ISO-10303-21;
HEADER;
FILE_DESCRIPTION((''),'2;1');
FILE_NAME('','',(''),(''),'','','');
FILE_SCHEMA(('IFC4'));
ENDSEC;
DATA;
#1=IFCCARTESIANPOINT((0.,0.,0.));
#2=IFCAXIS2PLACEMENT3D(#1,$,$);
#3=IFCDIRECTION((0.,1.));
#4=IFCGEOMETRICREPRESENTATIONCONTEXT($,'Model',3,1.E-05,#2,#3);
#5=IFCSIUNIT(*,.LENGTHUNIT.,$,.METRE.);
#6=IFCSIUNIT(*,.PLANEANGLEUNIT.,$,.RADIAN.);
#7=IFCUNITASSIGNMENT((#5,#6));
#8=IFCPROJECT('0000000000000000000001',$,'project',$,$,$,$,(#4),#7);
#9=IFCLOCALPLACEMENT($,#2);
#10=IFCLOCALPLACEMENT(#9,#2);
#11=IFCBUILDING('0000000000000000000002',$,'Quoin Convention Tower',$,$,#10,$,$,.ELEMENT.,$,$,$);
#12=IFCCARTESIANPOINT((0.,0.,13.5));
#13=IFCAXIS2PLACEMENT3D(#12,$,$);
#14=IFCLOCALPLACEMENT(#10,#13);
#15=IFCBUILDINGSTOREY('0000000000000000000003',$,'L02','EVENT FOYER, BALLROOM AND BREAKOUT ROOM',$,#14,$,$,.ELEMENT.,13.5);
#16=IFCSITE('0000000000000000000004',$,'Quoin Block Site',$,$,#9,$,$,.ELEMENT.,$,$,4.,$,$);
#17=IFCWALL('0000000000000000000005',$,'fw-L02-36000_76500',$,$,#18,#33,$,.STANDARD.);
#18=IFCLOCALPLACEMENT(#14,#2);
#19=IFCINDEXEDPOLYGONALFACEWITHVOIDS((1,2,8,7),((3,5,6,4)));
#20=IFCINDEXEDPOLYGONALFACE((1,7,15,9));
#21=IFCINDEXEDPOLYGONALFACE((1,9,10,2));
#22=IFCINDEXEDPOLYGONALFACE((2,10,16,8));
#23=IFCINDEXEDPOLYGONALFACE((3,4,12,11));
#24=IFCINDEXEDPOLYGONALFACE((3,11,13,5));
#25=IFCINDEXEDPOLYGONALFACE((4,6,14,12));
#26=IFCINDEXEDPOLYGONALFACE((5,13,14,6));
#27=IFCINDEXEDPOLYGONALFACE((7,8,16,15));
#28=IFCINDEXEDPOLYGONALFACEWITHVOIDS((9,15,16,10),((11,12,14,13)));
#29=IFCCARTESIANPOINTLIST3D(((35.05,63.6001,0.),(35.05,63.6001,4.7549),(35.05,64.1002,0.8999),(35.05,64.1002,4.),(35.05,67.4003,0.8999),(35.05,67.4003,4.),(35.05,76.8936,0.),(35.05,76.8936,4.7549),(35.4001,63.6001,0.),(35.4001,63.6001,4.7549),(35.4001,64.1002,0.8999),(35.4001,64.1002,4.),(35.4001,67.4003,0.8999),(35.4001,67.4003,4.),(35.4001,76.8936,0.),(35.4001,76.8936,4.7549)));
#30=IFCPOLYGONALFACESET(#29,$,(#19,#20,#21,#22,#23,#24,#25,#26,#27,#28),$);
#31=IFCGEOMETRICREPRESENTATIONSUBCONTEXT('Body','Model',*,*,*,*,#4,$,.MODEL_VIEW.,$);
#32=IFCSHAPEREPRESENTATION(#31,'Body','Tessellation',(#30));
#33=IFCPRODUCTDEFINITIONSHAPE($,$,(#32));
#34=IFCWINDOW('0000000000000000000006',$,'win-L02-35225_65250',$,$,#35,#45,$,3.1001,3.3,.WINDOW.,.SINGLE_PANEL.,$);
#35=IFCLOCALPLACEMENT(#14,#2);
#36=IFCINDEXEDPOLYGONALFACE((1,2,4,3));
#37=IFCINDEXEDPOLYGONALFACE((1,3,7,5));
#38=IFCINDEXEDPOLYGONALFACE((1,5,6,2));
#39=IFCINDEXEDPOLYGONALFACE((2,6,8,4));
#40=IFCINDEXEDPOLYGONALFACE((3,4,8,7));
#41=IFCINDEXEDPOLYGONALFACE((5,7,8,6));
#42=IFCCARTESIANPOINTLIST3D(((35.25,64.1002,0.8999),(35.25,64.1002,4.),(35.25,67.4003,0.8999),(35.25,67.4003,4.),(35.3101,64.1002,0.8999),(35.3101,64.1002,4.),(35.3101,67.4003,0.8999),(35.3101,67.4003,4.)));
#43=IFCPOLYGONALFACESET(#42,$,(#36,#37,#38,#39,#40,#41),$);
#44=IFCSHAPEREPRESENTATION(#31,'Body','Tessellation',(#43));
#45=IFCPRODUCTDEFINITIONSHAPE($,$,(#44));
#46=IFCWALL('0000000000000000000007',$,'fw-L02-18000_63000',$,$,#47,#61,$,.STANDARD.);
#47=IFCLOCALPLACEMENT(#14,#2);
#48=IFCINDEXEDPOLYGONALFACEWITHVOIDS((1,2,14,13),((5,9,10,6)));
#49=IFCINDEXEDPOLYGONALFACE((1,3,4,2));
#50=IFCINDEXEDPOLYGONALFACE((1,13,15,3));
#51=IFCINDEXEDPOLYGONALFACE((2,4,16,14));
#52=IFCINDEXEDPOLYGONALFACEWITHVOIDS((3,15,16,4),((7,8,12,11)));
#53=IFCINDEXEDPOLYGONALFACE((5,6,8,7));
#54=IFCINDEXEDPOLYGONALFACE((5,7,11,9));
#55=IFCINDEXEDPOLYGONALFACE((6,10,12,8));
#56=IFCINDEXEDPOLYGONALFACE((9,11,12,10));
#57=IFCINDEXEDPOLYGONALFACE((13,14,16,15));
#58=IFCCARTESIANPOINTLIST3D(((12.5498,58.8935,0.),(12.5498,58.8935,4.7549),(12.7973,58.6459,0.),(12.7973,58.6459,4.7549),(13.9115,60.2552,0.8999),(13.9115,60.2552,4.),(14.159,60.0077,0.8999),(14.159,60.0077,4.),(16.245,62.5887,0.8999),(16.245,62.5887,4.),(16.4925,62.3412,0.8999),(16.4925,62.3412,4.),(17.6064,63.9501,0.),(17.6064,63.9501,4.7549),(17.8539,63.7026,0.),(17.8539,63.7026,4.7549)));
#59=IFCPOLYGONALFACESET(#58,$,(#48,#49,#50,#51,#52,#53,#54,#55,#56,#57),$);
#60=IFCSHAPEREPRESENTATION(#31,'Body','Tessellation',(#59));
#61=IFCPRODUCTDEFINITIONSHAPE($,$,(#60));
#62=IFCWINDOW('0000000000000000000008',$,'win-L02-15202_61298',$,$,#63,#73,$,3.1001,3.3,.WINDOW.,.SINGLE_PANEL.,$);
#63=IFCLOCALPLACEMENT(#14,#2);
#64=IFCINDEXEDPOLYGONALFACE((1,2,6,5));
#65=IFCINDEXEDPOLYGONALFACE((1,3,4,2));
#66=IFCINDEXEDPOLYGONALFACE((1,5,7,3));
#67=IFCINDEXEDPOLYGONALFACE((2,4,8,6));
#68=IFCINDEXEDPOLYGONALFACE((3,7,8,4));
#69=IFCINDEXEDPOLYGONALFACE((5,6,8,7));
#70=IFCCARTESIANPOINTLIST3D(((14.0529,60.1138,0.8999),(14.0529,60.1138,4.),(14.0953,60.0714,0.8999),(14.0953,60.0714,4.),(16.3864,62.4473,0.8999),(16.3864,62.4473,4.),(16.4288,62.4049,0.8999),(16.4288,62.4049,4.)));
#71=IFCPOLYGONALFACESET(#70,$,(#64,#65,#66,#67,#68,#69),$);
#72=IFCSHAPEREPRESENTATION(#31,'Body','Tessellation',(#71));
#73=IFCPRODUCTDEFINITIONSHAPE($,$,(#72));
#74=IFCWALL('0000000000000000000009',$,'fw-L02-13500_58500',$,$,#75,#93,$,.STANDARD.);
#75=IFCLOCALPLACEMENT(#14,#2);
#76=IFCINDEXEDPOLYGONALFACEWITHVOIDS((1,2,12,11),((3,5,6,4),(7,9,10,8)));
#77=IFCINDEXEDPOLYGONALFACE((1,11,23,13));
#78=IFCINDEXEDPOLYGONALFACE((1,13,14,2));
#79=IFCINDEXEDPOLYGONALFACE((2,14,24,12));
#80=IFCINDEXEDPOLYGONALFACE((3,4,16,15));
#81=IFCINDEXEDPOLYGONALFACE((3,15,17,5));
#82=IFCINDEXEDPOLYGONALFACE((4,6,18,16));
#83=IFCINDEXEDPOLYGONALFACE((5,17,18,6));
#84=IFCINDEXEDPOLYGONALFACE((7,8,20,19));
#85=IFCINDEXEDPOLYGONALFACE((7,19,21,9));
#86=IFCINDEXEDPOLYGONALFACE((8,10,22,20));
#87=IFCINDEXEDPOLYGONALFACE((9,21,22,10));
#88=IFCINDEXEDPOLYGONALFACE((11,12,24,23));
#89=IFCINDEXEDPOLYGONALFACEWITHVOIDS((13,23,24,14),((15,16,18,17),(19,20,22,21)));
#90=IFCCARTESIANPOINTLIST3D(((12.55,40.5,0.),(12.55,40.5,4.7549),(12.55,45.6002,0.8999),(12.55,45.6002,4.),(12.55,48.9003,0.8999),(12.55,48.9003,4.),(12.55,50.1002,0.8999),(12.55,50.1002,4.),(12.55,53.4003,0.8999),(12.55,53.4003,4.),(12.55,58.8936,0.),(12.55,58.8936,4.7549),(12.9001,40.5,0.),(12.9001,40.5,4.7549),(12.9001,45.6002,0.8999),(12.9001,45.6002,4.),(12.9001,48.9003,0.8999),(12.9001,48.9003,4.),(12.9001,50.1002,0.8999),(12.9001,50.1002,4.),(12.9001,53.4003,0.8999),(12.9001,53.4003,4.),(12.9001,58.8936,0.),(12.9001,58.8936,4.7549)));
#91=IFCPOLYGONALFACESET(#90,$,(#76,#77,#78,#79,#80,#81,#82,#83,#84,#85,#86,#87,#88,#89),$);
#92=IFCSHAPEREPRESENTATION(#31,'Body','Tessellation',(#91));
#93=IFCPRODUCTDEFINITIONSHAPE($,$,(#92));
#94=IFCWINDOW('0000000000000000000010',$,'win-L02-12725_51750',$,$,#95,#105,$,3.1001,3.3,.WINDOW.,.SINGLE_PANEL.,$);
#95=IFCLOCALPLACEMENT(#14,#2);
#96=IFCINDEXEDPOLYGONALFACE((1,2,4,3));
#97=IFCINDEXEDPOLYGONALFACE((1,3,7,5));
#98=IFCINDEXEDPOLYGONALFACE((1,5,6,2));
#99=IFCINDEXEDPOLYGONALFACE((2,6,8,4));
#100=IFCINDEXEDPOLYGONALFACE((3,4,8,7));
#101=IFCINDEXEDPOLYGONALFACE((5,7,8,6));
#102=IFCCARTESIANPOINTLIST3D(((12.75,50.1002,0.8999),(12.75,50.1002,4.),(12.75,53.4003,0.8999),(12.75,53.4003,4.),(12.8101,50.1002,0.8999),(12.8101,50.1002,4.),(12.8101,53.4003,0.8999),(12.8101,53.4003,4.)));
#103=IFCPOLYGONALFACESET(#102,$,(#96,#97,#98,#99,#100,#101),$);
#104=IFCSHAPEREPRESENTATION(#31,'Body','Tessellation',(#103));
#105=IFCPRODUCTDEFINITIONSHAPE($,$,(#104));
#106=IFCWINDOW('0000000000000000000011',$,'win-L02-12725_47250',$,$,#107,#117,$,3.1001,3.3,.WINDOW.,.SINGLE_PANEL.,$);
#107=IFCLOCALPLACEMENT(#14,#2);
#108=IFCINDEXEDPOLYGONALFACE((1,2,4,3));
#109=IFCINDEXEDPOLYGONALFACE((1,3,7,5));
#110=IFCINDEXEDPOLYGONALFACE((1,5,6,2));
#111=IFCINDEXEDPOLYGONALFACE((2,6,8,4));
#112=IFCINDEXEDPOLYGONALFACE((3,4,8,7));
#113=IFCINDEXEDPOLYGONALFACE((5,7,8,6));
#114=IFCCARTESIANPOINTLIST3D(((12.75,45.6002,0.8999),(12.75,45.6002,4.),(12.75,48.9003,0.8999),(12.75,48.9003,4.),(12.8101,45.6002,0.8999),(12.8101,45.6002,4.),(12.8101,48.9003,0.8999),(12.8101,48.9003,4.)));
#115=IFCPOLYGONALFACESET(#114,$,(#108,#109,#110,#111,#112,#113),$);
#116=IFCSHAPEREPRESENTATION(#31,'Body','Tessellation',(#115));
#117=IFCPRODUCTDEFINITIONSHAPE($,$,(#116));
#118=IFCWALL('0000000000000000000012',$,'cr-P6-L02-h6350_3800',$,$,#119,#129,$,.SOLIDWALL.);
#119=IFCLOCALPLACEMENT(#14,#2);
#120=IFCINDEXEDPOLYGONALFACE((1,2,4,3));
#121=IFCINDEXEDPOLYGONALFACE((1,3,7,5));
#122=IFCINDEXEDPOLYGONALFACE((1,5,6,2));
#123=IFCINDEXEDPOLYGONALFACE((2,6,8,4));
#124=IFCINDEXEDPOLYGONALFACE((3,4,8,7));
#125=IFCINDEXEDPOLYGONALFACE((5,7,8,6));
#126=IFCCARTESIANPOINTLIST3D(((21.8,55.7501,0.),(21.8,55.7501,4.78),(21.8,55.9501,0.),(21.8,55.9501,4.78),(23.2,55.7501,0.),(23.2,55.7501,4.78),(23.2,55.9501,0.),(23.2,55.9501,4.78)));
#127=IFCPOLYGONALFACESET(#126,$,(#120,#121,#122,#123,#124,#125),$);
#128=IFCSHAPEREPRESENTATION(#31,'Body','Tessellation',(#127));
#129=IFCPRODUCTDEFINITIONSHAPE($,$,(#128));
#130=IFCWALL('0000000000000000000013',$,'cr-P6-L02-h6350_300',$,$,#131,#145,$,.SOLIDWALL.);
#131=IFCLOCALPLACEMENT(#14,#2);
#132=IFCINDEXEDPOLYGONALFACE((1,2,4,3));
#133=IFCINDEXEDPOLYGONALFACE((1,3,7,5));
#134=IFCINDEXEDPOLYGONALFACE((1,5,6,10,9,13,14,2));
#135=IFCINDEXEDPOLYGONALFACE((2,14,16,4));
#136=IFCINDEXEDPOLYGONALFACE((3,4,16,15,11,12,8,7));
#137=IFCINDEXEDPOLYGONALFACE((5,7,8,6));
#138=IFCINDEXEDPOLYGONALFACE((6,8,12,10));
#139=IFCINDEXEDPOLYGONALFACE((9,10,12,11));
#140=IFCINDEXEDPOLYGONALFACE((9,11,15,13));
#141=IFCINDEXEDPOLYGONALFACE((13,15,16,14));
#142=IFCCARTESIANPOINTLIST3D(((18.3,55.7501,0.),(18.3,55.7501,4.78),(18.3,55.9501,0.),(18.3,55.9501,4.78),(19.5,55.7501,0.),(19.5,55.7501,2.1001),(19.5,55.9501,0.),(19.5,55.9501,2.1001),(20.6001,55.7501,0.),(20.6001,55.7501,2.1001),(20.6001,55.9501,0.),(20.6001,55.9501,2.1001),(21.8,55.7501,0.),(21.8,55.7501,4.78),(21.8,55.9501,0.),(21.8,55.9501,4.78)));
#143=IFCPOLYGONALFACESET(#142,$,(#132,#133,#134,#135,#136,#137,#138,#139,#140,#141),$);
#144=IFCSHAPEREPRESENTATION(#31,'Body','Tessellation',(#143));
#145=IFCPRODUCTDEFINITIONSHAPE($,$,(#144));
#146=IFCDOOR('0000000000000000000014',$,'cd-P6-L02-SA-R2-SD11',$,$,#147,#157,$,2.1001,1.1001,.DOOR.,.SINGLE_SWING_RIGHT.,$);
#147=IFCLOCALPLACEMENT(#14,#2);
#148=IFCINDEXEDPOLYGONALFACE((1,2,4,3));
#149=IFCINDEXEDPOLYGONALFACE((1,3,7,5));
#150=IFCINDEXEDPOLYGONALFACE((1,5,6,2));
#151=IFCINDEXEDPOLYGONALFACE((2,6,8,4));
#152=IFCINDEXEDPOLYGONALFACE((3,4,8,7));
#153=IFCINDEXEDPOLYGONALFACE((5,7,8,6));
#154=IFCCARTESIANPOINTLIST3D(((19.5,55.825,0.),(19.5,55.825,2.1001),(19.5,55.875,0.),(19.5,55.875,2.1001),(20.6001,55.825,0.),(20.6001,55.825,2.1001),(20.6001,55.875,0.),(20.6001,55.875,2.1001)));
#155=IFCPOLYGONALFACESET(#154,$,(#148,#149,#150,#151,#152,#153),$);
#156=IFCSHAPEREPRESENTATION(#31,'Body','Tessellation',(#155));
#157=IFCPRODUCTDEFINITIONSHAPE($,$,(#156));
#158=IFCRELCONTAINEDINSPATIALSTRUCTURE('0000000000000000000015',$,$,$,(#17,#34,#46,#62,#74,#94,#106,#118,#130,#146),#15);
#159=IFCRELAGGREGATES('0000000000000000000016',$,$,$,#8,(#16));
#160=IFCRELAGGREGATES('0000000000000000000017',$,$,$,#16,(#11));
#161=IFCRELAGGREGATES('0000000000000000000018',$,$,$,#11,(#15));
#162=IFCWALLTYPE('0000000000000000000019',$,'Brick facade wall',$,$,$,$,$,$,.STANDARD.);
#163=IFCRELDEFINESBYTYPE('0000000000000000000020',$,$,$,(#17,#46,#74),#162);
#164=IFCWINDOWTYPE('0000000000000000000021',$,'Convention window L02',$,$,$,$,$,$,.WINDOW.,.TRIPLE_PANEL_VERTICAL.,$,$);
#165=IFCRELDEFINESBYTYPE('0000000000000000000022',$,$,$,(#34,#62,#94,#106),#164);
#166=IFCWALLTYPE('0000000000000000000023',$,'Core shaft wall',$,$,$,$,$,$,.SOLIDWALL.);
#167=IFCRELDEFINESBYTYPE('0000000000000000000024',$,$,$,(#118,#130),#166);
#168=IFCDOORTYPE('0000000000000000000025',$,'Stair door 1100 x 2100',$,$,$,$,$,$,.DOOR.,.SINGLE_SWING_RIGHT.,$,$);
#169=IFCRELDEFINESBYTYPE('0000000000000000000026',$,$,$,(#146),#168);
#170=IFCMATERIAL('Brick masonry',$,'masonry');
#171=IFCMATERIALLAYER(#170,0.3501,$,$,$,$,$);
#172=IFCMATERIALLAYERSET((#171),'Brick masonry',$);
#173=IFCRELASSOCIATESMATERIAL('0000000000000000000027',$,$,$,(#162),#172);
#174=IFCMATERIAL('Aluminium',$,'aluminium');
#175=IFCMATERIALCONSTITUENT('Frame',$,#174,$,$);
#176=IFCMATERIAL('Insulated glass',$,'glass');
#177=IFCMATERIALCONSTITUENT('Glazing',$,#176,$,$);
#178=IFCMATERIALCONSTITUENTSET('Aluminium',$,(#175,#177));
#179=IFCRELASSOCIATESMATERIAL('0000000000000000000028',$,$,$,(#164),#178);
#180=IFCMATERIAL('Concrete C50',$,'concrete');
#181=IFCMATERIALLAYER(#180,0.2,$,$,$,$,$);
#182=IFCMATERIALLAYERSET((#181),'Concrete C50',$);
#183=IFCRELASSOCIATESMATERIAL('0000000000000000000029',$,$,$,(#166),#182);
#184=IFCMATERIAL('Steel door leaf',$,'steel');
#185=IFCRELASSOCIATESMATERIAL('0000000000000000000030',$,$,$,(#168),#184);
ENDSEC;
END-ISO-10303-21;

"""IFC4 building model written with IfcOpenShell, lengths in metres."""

from ifc_helpers import new_model, si_unit, direction, frame, frame_2d, origin, place, context, subcontext, project, spatial, rectangle, extrude, material, layer, layer_set, constituent, constituent_set, type_object, element, fill, save


model = new_model("IFC4")

# Units and contexts
model_context = context("Model", 3, precision=1e-05, world=origin(), true_north=direction((0.0, 1.0)))
body_context = subcontext(model_context, "Body", "Model", "MODEL_VIEW")
ifc_project = project(units=[si_unit("LENGTHUNIT", "METRE"), si_unit("PLANEANGLEUNIT", "RADIAN")], contexts=[model_context])

# Site, building, storey
site_placement = place(None, origin())
site = spatial("IfcSite", under=ifc_project, at=site_placement, Name="Quoin Block Site", CompositionType="ELEMENT", RefElevation=4.0)
building_placement = place(site_placement, origin())
building = spatial("IfcBuilding", under=site, at=building_placement, Name="Quoin Convention Tower", CompositionType="ELEMENT")
storey_placement = place(building_placement, frame((0.0, 0.0, 13.5)))
storey = spatial("IfcBuildingStorey", under=building, at=storey_placement, Name="L02", Description="EVENT FOYER, BALLROOM AND BREAKOUT ROOM", CompositionType="ELEMENT", Elevation=13.5)

# Walls, openings, windows
ifc_material_1 = material(Name="Brick masonry", Category="masonry")
ifc_layer_1 = layer(ifc_material_1, 0.3501)
ifc_layer_set_1 = layer_set([ifc_layer_1], Name="Brick masonry")
wall_type_1 = type_object("IfcWallType", Name="Brick facade wall", PredefinedType="STANDARD", material=ifc_layer_set_1)
wall_1_placement = place(storey_placement, frame((35.2251, 76.8936, 0.0), z_axis=(0.0, 0.0, 1.0), x_axis=(0.0, -1.0, 0.0)))
wall_1 = element("IfcWall", 1, at=wall_1_placement, inside=storey, type_object=wall_type_1, Name="fw-L02-36000_76500", PredefinedType="STANDARD", context=body_context, shape_type="SweptSolid", body=[
    extrude(rectangle(XDim=13.2935, YDim=0.3501, at=frame_2d((6.6467, 0.0))), origin(), (0.0, 0.0, 1.0), 4.7549),
])
opening_1_placement = place(wall_1_placement, frame((9.4934, 0.0, 0.8999)))
opening_1 = element("IfcOpeningElement", 2, at=opening_1_placement, cuts=wall_1, PredefinedType="OPENING", context=body_context, shape_type="SweptSolid", body=[
    extrude(rectangle(XDim=3.3, YDim=3.1001, at=frame_2d((1.6499, 1.55))), frame((0.0, 0.1851, 0.0), z_axis=(0.0, -1.0, 0.0), x_axis=(1.0, 0.0, 0.0)), (0.0, 0.0, 1.0), 0.3701),
])
ifc_material_2 = material(Name="Aluminium", Category="aluminium")
ifc_constituent_1 = constituent(ifc_material_2, Name="Frame")
ifc_material_3 = material(Name="Insulated glass", Category="glass")
ifc_constituent_2 = constituent(ifc_material_3, Name="Glazing")
ifc_constituent_set = constituent_set(constituents=[ifc_constituent_1, ifc_constituent_2], Name="Aluminium")
window_type = type_object("IfcWindowType", Name="Convention window L02", PartitioningType="TRIPLE_PANEL_VERTICAL", PredefinedType="WINDOW", material=ifc_constituent_set)
window_1_placement = place(opening_1_placement, origin())
window_1 = element("IfcWindow", 3, at=window_1_placement, inside=storey, type_object=window_type, Name="win-L02-35225_65250", OverallHeight=3.1001, OverallWidth=3.3, PartitioningType="SINGLE_PANEL", PredefinedType="WINDOW", context=body_context, shape_type="SweptSolid", body=[
    extrude(rectangle(XDim=3.3, YDim=3.1001, at=frame_2d((1.6499, 1.55))), frame((0.0, 0.085, 0.0), z_axis=(0.0, -1.0, 0.0), x_axis=(1.0, 0.0, 0.0)), (0.0, 0.0, 1.0), 0.0601),
])
fill(opening_1, window_1)
wall_2_placement = place(storey_placement, frame((17.7302, 63.8264, 0.0), z_axis=(0.0, 0.0, 1.0), x_axis=(-0.707107, -0.707107, 0.0)))
wall_2 = element("IfcWall", 4, at=wall_2_placement, inside=storey, type_object=wall_type_1, Name="fw-L02-18000_63000", PredefinedType="STANDARD", context=body_context, shape_type="SweptSolid", body=[
    extrude(rectangle(XDim=7.1511, YDim=0.3501, at=frame_2d((3.5757, 0.0))), origin(), (0.0, 0.0, 1.0), 4.7549),
])
opening_2_placement = place(wall_2_placement, frame((1.9255, 0.0, 0.8999)))
opening_2 = element("IfcOpeningElement", 5, at=opening_2_placement, cuts=wall_2, PredefinedType="OPENING", context=body_context, shape_type="SweptSolid", body=[
    extrude(rectangle(XDim=3.3, YDim=3.1001, at=frame_2d((1.6499, 1.55))), frame((0.0, 0.1851, 0.0), z_axis=(0.0, -1.0, 0.0), x_axis=(1.0, 0.0, 0.0)), (0.0, 0.0, 1.0), 0.3701),
])
window_2_placement = place(opening_2_placement, origin())
window_2 = element("IfcWindow", 6, at=window_2_placement, inside=storey, type_object=window_type, Name="win-L02-15202_61298", OverallHeight=3.1001, OverallWidth=3.3, PartitioningType="SINGLE_PANEL", PredefinedType="WINDOW", context=body_context, shape_type="SweptSolid", body=[
    extrude(rectangle(XDim=3.3, YDim=3.1001, at=frame_2d((1.6499, 1.55))), frame((0.0, 0.085, 0.0), z_axis=(0.0, -1.0, 0.0), x_axis=(1.0, 0.0, 0.0)), (0.0, 0.0, 1.0), 0.0601),
])
fill(opening_2, window_2)

# Wall, openings, windows
wall_3_placement = place(storey_placement, frame((12.7251, 58.8936, 0.0), z_axis=(0.0, 0.0, 1.0), x_axis=(0.0, -1.0, 0.0)))
wall_3 = element("IfcWall", 7, at=wall_3_placement, inside=storey, type_object=wall_type_1, Name="fw-L02-13500_58500", PredefinedType="STANDARD", context=body_context, shape_type="SweptSolid", body=[
    extrude(rectangle(XDim=18.3936, YDim=0.3501, at=frame_2d((9.1968, 0.0))), origin(), (0.0, 0.0, 1.0), 4.7549),
])
opening_3_placement = place(wall_3_placement, frame((5.4934, 0.0, 0.8999)))
opening_3 = element("IfcOpeningElement", 8, at=opening_3_placement, cuts=wall_3, PredefinedType="OPENING", context=body_context, shape_type="SweptSolid", body=[
    extrude(rectangle(XDim=3.3, YDim=3.1001, at=frame_2d((1.6499, 1.55))), frame((0.0, 0.1851, 0.0), z_axis=(0.0, -1.0, 0.0), x_axis=(1.0, 0.0, 0.0)), (0.0, 0.0, 1.0), 0.3701),
])
opening_4_placement = place(wall_3_placement, frame((9.9934, 0.0, 0.8999)))
opening_4 = element("IfcOpeningElement", 9, at=opening_4_placement, cuts=wall_3, PredefinedType="OPENING", context=body_context, shape_type="SweptSolid", body=[
    extrude(rectangle(XDim=3.3, YDim=3.1001, at=frame_2d((1.6499, 1.55))), frame((0.0, 0.1851, 0.0), z_axis=(0.0, -1.0, 0.0), x_axis=(1.0, 0.0, 0.0)), (0.0, 0.0, 1.0), 0.3701),
])
window_3_placement = place(opening_3_placement, origin())
window_3 = element("IfcWindow", 10, at=window_3_placement, inside=storey, type_object=window_type, Name="win-L02-12725_51750", OverallHeight=3.1001, OverallWidth=3.3, PartitioningType="SINGLE_PANEL", PredefinedType="WINDOW", context=body_context, shape_type="SweptSolid", body=[
    extrude(rectangle(XDim=3.3, YDim=3.1001, at=frame_2d((1.6499, 1.55))), frame((0.0, 0.085, 0.0), z_axis=(0.0, -1.0, 0.0), x_axis=(1.0, 0.0, 0.0)), (0.0, 0.0, 1.0), 0.0601),
])
fill(opening_3, window_3)
window_4_placement = place(opening_4_placement, origin())
window_4 = element("IfcWindow", 11, at=window_4_placement, inside=storey, type_object=window_type, Name="win-L02-12725_47250", OverallHeight=3.1001, OverallWidth=3.3, PartitioningType="SINGLE_PANEL", PredefinedType="WINDOW", context=body_context, shape_type="SweptSolid", body=[
    extrude(rectangle(XDim=3.3, YDim=3.1001, at=frame_2d((1.6499, 1.55))), frame((0.0, 0.085, 0.0), z_axis=(0.0, -1.0, 0.0), x_axis=(1.0, 0.0, 0.0)), (0.0, 0.0, 1.0), 0.0601),
])
fill(opening_4, window_4)

# Wall
ifc_material_4 = material(Name="Concrete C50", Category="concrete")
ifc_layer_2 = layer(ifc_material_4, 0.2)
ifc_layer_set_2 = layer_set([ifc_layer_2], Name="Concrete C50")
wall_type_2 = type_object("IfcWallType", Name="Core shaft wall", PredefinedType="SOLIDWALL", material=ifc_layer_set_2)
wall_4_placement = place(storey_placement, frame((21.8, 55.8501, 0.0), z_axis=(0.0, 0.0, 1.0), x_axis=(1.0, 0.0, 0.0)))
element("IfcWall", 12, at=wall_4_placement, inside=storey, type_object=wall_type_2, Name="cr-P6-L02-h6350_3800", PredefinedType="SOLIDWALL", context=body_context, shape_type="SweptSolid", body=[
    extrude(rectangle(XDim=1.3999, YDim=0.2, at=frame_2d((0.7, 0.0))), origin(), (0.0, 0.0, 1.0), 4.78),
])

# Wall, opening, door
wall_5_placement = place(storey_placement, frame((18.3, 55.8501, 0.0), z_axis=(0.0, 0.0, 1.0), x_axis=(1.0, 0.0, 0.0)))
wall_5 = element("IfcWall", 13, at=wall_5_placement, inside=storey, type_object=wall_type_2, Name="cr-P6-L02-h6350_300", PredefinedType="SOLIDWALL", context=body_context, shape_type="SweptSolid", body=[
    extrude(rectangle(XDim=3.5, YDim=0.2, at=frame_2d((1.75, 0.0))), origin(), (0.0, 0.0, 1.0), 4.78),
])
opening_5_placement = place(wall_5_placement, frame((1.2, 0.0, 0.0)))
opening_5 = element("IfcOpeningElement", 14, at=opening_5_placement, cuts=wall_5, PredefinedType="OPENING", context=body_context, shape_type="SweptSolid", body=[
    extrude(rectangle(XDim=1.1001, YDim=2.1001, at=frame_2d((0.55, 1.05))), frame((0.0, 0.1099, 0.0), z_axis=(0.0, -1.0, 0.0), x_axis=(1.0, 0.0, 0.0)), (0.0, 0.0, 1.0), 0.22),
])
ifc_material_5 = material(Name="Steel door leaf", Category="steel")
door_type_1 = type_object("IfcDoorType", Name="Stair door 1100 x 2100", OperationType="SINGLE_SWING_RIGHT", PredefinedType="DOOR", material=ifc_material_5)
door_1_placement = place(opening_5_placement, origin())
door_1 = element("IfcDoor", 15, at=door_1_placement, inside=storey, type_object=door_type_1, Name="cd-P6-L02-SA-R2-SD11", OperationType="SINGLE_SWING_RIGHT", OverallHeight=2.1001, OverallWidth=1.1001, PredefinedType="DOOR", context=body_context, shape_type="SweptSolid", body=[
    extrude(rectangle(XDim=1.1001, YDim=2.1001, at=frame_2d((0.55, 1.05))), frame((0.0, 0.0249, 0.0), z_axis=(0.0, -1.0, 0.0), x_axis=(1.0, 0.0, 0.0)), (0.0, 0.0, 1.0), 0.05),
])
fill(opening_5, door_1)

save(model, "model.ifc")
